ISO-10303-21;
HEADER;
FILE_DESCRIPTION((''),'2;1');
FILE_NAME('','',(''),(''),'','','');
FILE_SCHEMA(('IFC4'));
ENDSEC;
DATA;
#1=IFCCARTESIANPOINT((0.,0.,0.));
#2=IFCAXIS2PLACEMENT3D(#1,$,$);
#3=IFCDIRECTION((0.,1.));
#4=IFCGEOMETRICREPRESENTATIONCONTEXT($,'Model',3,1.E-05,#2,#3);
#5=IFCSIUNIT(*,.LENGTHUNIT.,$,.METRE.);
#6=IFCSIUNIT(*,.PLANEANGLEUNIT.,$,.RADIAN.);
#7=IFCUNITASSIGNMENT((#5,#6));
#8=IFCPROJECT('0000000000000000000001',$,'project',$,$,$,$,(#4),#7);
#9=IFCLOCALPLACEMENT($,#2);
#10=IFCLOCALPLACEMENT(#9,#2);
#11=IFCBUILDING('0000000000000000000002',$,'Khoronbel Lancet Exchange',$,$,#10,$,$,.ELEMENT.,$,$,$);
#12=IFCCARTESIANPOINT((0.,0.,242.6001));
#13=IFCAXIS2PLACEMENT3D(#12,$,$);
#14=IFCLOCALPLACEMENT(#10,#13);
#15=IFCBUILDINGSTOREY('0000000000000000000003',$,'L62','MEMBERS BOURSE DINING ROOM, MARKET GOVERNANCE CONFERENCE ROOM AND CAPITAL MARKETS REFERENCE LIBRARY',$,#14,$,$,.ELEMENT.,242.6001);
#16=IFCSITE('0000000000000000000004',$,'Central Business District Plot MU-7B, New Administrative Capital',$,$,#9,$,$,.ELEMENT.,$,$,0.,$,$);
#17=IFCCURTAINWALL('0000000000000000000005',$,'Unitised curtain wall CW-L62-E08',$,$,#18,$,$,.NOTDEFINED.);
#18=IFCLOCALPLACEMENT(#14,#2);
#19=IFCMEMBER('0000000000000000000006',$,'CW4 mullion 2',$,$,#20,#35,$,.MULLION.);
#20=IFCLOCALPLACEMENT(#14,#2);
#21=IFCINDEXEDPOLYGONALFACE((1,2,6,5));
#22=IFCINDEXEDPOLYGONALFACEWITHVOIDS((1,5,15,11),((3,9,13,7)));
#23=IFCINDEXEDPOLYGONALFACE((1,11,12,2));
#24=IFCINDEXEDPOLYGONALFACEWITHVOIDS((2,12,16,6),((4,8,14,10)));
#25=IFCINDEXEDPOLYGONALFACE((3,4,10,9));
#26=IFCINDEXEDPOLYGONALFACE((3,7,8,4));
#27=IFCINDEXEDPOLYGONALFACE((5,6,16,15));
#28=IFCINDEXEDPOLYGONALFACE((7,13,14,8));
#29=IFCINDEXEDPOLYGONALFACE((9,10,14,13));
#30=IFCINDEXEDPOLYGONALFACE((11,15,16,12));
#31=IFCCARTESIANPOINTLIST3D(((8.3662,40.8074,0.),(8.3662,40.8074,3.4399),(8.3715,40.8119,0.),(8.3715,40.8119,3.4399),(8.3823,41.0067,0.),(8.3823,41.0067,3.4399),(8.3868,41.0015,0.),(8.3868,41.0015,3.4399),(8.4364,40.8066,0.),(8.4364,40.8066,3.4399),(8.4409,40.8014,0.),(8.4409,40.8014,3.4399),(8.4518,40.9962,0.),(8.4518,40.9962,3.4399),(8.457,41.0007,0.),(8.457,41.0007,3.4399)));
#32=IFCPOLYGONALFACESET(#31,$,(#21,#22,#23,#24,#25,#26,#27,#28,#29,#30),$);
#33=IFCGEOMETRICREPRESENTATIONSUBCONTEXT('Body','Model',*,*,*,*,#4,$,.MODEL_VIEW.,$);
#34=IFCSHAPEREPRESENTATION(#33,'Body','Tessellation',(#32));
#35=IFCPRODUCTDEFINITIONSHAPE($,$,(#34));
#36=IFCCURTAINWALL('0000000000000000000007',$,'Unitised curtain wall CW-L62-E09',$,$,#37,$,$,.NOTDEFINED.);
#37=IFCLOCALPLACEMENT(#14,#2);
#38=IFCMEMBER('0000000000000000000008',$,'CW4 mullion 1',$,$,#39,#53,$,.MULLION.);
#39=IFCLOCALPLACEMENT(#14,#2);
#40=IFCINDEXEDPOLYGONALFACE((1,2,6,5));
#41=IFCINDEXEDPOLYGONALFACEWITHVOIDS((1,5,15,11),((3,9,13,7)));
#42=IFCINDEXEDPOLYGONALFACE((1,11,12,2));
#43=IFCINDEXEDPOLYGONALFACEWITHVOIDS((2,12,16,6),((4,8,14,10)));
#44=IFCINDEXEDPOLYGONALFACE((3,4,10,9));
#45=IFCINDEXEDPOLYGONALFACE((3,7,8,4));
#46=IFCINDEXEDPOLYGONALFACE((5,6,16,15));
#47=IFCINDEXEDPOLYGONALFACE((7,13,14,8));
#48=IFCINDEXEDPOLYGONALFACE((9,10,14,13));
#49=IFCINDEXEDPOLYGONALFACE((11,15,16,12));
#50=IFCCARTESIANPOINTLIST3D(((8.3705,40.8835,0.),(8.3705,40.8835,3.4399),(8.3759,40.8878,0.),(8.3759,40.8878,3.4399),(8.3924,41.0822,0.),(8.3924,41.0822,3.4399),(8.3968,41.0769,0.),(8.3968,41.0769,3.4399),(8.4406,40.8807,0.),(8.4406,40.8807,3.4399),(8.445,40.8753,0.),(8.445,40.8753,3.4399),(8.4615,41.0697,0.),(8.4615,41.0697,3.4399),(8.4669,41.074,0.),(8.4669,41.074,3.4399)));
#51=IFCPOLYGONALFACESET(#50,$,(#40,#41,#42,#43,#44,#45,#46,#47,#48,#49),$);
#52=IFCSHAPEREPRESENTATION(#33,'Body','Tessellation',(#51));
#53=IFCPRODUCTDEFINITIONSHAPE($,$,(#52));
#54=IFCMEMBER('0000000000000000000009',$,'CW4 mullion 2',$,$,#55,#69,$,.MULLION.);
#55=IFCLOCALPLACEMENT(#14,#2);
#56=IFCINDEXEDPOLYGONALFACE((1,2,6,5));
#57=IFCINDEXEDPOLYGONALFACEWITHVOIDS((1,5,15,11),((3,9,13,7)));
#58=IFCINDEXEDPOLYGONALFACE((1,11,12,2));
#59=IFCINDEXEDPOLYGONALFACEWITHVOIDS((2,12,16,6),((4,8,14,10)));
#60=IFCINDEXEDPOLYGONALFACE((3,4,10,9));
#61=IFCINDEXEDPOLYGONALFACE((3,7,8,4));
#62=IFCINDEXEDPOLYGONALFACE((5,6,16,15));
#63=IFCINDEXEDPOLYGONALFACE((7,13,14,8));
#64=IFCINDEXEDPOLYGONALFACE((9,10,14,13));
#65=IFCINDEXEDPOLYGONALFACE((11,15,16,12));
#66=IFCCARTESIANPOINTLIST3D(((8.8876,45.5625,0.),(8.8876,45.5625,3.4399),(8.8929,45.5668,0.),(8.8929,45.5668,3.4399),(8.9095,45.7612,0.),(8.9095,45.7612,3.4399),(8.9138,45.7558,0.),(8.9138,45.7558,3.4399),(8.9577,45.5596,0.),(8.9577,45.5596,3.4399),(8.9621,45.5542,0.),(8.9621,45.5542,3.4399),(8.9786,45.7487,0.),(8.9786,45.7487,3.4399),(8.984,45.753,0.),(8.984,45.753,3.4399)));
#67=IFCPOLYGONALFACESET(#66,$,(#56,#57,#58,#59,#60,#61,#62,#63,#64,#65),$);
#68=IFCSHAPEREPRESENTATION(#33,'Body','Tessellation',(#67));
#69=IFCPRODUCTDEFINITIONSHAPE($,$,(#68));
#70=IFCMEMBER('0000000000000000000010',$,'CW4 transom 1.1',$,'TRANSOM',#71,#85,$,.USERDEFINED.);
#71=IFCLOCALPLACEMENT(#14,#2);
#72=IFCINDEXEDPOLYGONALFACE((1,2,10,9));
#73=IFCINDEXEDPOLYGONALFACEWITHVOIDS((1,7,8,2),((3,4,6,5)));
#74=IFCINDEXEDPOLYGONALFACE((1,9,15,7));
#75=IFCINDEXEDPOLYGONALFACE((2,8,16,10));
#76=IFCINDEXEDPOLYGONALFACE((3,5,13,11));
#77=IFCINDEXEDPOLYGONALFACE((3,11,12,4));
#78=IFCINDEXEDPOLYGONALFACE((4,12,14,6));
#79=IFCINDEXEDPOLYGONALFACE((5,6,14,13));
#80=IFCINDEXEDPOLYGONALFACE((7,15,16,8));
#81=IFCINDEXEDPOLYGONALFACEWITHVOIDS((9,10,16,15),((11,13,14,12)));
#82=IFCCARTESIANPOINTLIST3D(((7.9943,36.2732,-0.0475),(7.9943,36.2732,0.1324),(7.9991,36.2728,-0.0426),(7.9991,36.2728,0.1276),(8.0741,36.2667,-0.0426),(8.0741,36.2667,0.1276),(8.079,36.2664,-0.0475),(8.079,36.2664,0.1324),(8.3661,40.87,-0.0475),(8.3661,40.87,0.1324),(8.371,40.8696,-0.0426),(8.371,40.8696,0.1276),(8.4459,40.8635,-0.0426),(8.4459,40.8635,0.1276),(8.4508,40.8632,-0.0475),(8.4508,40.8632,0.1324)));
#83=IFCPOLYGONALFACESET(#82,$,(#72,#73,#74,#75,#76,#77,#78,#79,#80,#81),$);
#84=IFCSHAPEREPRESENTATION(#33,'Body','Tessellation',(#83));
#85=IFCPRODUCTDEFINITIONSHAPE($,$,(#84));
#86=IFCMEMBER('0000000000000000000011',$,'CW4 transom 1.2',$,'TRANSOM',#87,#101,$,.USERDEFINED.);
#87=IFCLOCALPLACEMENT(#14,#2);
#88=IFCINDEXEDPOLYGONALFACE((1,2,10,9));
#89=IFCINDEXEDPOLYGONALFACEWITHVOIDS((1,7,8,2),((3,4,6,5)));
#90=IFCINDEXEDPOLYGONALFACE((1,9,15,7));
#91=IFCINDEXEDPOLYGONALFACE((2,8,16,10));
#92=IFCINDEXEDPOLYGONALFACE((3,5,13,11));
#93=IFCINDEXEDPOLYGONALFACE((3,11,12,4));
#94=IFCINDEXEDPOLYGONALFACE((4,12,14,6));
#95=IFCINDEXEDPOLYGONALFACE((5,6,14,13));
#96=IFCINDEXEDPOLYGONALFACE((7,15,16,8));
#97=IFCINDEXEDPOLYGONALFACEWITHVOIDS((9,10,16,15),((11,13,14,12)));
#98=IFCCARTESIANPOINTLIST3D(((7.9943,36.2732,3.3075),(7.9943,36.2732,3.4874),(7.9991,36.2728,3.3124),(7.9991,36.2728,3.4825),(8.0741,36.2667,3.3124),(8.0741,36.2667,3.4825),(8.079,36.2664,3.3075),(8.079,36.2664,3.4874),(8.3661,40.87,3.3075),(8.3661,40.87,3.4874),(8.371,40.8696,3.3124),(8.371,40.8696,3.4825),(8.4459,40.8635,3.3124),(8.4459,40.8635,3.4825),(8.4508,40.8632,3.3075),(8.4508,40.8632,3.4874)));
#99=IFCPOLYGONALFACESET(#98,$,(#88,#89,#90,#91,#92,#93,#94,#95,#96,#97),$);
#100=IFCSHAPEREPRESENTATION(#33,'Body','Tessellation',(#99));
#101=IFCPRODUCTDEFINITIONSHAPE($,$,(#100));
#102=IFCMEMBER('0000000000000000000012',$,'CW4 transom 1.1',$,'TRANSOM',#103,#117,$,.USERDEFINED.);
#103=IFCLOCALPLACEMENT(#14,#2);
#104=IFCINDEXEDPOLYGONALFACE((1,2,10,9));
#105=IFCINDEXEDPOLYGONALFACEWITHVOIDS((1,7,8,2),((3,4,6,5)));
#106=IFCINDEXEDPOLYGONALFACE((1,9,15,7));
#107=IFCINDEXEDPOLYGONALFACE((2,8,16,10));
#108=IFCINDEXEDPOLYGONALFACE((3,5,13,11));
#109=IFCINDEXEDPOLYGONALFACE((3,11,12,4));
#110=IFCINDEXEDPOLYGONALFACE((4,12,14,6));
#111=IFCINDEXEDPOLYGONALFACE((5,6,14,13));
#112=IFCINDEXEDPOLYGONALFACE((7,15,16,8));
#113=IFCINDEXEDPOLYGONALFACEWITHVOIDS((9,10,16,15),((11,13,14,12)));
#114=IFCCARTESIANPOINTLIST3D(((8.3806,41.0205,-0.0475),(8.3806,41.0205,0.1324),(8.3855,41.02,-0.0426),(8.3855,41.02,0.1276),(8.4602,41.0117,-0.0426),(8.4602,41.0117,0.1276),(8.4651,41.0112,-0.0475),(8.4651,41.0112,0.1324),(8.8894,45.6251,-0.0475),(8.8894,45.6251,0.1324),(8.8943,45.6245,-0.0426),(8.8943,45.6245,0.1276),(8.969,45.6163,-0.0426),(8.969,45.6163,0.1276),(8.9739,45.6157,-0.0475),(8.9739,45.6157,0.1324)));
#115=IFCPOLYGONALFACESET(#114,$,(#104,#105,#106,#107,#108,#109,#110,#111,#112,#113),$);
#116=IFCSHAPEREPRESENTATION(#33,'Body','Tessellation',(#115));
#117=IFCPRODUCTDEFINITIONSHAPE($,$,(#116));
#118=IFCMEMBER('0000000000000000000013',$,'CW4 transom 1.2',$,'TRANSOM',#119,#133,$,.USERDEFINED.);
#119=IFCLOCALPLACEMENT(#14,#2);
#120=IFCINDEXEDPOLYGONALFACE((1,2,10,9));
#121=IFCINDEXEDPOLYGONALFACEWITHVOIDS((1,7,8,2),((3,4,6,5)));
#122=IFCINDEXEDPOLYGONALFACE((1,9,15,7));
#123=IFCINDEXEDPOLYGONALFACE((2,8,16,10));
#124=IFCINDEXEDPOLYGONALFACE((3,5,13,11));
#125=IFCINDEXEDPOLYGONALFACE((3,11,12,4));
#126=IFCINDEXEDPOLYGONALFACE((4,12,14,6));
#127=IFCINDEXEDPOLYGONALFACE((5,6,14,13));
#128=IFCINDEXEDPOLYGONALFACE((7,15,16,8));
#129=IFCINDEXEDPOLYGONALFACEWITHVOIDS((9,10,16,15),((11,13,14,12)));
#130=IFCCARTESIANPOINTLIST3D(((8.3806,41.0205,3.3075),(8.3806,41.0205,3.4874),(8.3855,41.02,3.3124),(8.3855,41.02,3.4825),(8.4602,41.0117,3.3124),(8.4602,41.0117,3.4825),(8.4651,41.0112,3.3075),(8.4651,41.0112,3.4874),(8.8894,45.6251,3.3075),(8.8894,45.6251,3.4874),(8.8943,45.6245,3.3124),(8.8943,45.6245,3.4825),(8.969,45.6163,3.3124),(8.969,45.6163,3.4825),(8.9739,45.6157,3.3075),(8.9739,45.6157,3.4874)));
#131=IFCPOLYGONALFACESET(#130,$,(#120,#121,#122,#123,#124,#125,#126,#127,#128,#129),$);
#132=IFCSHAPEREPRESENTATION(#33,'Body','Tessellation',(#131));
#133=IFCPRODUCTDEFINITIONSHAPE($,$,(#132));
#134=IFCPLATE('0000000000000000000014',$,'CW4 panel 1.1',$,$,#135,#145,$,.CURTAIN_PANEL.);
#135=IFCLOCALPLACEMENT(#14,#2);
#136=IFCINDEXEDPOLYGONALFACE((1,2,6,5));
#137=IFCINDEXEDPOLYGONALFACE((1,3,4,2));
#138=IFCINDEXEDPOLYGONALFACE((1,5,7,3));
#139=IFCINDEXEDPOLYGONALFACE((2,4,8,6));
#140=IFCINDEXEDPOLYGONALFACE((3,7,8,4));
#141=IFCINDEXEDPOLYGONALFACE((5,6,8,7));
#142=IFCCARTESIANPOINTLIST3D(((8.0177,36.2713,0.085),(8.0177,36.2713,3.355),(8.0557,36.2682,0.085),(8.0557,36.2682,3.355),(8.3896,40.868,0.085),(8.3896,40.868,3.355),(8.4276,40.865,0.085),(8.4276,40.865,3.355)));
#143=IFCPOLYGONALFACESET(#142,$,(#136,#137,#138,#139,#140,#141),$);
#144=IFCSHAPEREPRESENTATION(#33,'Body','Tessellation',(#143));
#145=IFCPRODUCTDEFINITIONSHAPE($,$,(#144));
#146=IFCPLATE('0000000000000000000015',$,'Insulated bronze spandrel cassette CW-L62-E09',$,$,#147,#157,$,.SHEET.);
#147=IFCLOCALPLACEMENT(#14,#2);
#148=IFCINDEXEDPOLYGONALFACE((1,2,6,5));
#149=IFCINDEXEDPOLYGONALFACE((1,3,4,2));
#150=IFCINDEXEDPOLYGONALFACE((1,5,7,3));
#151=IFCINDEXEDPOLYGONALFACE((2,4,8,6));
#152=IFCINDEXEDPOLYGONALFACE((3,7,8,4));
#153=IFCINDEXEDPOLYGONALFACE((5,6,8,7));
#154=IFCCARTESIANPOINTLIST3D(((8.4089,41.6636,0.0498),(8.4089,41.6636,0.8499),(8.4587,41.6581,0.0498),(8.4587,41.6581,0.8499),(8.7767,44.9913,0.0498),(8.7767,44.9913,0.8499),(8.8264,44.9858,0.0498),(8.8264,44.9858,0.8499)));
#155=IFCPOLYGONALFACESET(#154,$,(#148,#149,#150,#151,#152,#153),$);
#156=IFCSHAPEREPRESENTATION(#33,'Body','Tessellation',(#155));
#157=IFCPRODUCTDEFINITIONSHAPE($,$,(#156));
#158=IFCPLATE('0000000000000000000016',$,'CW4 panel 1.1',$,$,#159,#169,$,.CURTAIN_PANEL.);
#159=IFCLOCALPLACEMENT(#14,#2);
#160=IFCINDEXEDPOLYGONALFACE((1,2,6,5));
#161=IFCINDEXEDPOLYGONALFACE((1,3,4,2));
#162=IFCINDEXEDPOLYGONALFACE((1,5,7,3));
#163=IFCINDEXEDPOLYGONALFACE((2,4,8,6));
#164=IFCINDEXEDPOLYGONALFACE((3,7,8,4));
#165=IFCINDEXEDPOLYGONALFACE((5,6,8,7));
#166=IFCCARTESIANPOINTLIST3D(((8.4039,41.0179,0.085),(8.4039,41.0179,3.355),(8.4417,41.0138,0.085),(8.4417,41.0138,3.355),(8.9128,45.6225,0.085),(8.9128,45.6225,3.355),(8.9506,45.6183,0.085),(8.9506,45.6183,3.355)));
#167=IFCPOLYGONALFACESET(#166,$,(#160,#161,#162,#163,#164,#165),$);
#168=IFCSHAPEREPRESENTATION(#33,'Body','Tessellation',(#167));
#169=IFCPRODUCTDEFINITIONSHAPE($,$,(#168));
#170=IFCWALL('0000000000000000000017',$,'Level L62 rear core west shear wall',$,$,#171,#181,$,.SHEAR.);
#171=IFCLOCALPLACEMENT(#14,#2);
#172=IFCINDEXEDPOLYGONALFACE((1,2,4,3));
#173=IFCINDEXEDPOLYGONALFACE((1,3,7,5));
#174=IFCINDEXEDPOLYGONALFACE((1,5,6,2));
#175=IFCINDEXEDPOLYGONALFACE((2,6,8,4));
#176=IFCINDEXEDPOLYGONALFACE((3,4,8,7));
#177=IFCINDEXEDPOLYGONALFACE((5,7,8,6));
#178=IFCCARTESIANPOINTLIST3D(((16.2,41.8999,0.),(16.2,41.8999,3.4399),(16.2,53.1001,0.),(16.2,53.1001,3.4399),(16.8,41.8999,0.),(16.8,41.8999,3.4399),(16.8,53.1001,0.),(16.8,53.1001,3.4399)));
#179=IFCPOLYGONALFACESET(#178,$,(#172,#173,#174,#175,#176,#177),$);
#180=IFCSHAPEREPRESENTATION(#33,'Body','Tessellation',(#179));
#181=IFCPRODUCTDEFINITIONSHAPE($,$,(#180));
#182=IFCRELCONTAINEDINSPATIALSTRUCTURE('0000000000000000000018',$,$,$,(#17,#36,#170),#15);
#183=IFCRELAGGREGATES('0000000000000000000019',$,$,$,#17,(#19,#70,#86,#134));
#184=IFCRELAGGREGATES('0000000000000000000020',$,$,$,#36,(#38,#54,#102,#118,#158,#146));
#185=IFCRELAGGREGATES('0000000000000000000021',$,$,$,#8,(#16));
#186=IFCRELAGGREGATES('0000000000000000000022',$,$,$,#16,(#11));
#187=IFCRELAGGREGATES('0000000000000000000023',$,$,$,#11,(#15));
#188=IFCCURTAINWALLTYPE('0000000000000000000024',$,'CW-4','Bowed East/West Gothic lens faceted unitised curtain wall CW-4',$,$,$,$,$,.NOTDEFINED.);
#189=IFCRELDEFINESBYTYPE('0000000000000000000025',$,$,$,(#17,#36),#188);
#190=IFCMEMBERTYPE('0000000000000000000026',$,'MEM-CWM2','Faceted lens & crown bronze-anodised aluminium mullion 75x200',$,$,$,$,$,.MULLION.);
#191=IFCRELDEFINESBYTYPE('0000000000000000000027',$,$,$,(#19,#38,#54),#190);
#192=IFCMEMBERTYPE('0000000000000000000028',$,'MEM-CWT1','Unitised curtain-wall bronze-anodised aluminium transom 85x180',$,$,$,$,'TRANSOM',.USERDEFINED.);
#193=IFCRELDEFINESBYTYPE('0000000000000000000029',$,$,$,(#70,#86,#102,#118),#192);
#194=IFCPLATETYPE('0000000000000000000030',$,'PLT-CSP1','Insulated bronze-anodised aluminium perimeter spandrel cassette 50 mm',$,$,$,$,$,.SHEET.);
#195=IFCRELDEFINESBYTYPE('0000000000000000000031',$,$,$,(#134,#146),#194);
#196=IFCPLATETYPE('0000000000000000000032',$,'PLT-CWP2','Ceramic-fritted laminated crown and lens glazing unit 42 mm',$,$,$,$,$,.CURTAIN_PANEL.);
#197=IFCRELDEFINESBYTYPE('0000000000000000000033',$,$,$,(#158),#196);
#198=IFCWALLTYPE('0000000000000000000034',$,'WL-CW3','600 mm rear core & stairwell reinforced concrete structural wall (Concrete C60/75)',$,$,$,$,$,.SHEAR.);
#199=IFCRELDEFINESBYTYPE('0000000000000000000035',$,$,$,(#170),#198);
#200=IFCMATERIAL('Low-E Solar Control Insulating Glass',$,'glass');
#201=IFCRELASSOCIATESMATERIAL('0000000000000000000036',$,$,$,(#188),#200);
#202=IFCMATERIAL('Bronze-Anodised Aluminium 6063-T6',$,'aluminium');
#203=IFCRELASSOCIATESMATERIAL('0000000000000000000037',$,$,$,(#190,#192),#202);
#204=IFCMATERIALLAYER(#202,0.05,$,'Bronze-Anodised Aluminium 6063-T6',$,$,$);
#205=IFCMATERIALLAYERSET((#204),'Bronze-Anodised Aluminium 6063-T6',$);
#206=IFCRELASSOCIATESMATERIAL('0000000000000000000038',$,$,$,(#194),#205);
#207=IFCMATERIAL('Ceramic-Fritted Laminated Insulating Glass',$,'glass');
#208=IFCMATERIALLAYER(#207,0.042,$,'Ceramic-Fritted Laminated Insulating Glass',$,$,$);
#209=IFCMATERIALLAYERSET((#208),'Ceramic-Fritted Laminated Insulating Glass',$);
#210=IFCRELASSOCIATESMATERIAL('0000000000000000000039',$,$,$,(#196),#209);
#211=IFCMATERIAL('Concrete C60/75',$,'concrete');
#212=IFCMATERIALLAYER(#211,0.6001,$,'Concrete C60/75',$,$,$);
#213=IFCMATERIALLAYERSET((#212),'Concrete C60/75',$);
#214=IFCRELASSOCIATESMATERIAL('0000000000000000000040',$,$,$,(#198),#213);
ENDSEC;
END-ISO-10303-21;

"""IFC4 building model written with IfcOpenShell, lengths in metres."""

from ifc_helpers import new_model, si_unit, direction, frame, frame_2d, origin, origin_2d, place, context, subcontext, project, spatial, rectangle, hollow_rectangle, extrude, material, layer, layer_set, material_profile, profile_set, type_object, element, aggregate, save


model = new_model("IFC4")

# Units and contexts
model_context = context("Model", 3, precision=1e-05, world=origin(), true_north=direction((0.0, 1.0)))
body_context = subcontext(model_context, "Body", "Model", "MODEL_VIEW")
ifc_project = project(units=[si_unit("LENGTHUNIT", "METRE"), si_unit("PLANEANGLEUNIT", "RADIAN")], contexts=[model_context])

# Site, building, storey
site_placement = place(None, origin())
site = spatial("IfcSite", under=ifc_project, at=site_placement, Name="Central Business District Plot MU-7B, New Administrative Capital", CompositionType="ELEMENT", RefElevation=0.0)
building_placement = place(site_placement, origin())
building = spatial("IfcBuilding", under=site, at=building_placement, Name="Khoronbel Lancet Exchange", CompositionType="ELEMENT")
storey_placement = place(building_placement, frame((0.0, 0.0, 242.6001)))
storey = spatial("IfcBuildingStorey", under=building, at=storey_placement, Name="L62", Description="MEMBERS BOURSE DINING ROOM, MARKET GOVERNANCE CONFERENCE ROOM AND CAPITAL MARKETS REFERENCE LIBRARY", CompositionType="ELEMENT", Elevation=242.6001)

# Shared definitions
ifc_material_1 = material(Name="Low-E Solar Control Insulating Glass", Category="glass")
curtain_wall_type = type_object("IfcCurtainWallType", Name="CW-4", Description="Bowed East/West Gothic lens faceted unitised curtain wall CW-4", PredefinedType="NOTDEFINED", material=ifc_material_1)
ifc_material_2 = material(Name="Bronze-Anodised Aluminium 6063-T6", Category="aluminium")
ifc_material_profile_1 = material_profile(ifc_material_2, hollow_rectangle(XDim=0.075, YDim=0.2, WallThickness=0.0049, at=origin_2d()), Name="ALU MULLION 75x200")
ifc_profile_set_1 = profile_set([ifc_material_profile_1], Name="Bronze-Anodised Aluminium 6063-T6")
member_type_1 = type_object("IfcMemberType", Name="MEM-CWM2", Description="Faceted lens & crown bronze-anodised aluminium mullion 75x200", PredefinedType="MULLION", material=ifc_profile_set_1)

# Curtain walls, members
curtain_wall_1_placement = place(storey_placement, origin())
curtain_wall_1 = element("IfcCurtainWall", 1, at=curtain_wall_1_placement, inside=storey, type_object=curtain_wall_type, Name="Unitised curtain wall CW-L62-E08", PredefinedType="NOTDEFINED")
member_1_placement = place(storey_placement, frame((8.4116, 40.9041, 0.0), z_axis=(0.0, 0.0, 1.0), x_axis=(-0.996743, 0.08064, 0.0)))
member_1 = element("IfcMember", 2, at=member_1_placement, type_object=member_type_1, Name="CW4 mullion 2", PredefinedType="MULLION", context=body_context, shape_type="SweptSolid", body=[
    extrude(hollow_rectangle(XDim=0.075, YDim=0.2, WallThickness=0.0049, at=origin_2d()), origin(), (0.0, 0.0, 1.0), 3.4399),
])
curtain_wall_2_placement = place(storey_placement, origin())
curtain_wall_2 = element("IfcCurtainWall", 3, at=curtain_wall_2_placement, inside=storey, type_object=curtain_wall_type, Name="Unitised curtain wall CW-L62-E09", PredefinedType="NOTDEFINED")
member_2_placement = place(storey_placement, frame((8.4187, 40.9788, 0.0), z_axis=(0.0, 0.0, 1.0), x_axis=(-0.993947, 0.109858, 0.0)))
member_2 = element("IfcMember", 4, at=member_2_placement, type_object=member_type_1, Name="CW4 mullion 1", PredefinedType="MULLION", context=body_context, shape_type="SweptSolid", body=[
    extrude(hollow_rectangle(XDim=0.075, YDim=0.2, WallThickness=0.0049, at=origin_2d()), origin(), (0.0, 0.0, 1.0), 3.4399),
])
member_3_placement = place(storey_placement, frame((8.9358, 45.6577, 0.0), z_axis=(0.0, 0.0, 1.0), x_axis=(-0.993947, 0.109858, 0.0)))
member_3 = element("IfcMember", 5, at=member_3_placement, type_object=member_type_1, Name="CW4 mullion 2", PredefinedType="MULLION", context=body_context, shape_type="SweptSolid", body=[
    extrude(hollow_rectangle(XDim=0.075, YDim=0.2, WallThickness=0.0049, at=origin_2d()), origin(), (0.0, 0.0, 1.0), 3.4399),
])

# Members
ifc_material_profile_2 = material_profile(ifc_material_2, hollow_rectangle(XDim=0.085, YDim=0.1799, WallThickness=0.0049, at=origin_2d()), Name="ALU TRANSOM 85x180")
ifc_profile_set_2 = profile_set([ifc_material_profile_2], Name="Bronze-Anodised Aluminium 6063-T6")
member_type_2 = type_object("IfcMemberType", Name="MEM-CWT1", Description="Unitised curtain-wall bronze-anodised aluminium transom 85x180", ElementType="TRANSOM", PredefinedType="USERDEFINED", material=ifc_profile_set_2)
member_4_placement = place(storey_placement, frame((8.0366, 36.2698, 0.0425), z_axis=(0.080623, 0.996745, 0.0), x_axis=(-0.996745, 0.080623, 0.0)))
member_4 = element("IfcMember", 6, at=member_4_placement, type_object=member_type_2, Name="CW4 transom 1.1", ObjectType="TRANSOM", PredefinedType="USERDEFINED", context=body_context, shape_type="SweptSolid", body=[
    extrude(hollow_rectangle(XDim=0.085, YDim=0.1799, WallThickness=0.0049, at=origin_2d()), origin(), (0.0, 0.0, 1.0), 4.6118),
])
member_5_placement = place(storey_placement, frame((8.0366, 36.2698, 3.3975), z_axis=(0.080623, 0.996745, 0.0), x_axis=(-0.996745, 0.080623, 0.0)))
member_5 = element("IfcMember", 7, at=member_5_placement, type_object=member_type_2, Name="CW4 transom 1.2", ObjectType="TRANSOM", PredefinedType="USERDEFINED", context=body_context, shape_type="SweptSolid", body=[
    extrude(hollow_rectangle(XDim=0.085, YDim=0.1799, WallThickness=0.0049, at=origin_2d()), origin(), (0.0, 0.0, 1.0), 4.6118),
])
member_6_placement = place(storey_placement, frame((8.4229, 41.0159, 0.0425), z_axis=(0.10983, 0.99395, 0.0), x_axis=(-0.99395, 0.10983, 0.0)))
member_6 = element("IfcMember", 8, at=member_6_placement, type_object=member_type_2, Name="CW4 transom 1.1", ObjectType="TRANSOM", PredefinedType="USERDEFINED", context=body_context, shape_type="SweptSolid", body=[
    extrude(hollow_rectangle(XDim=0.085, YDim=0.1799, WallThickness=0.0049, at=origin_2d()), origin(), (0.0, 0.0, 1.0), 4.6326),
])
member_7_placement = place(storey_placement, frame((8.4229, 41.0159, 3.3975), z_axis=(0.10983, 0.99395, 0.0), x_axis=(-0.99395, 0.10983, 0.0)))
member_7 = element("IfcMember", 9, at=member_7_placement, type_object=member_type_2, Name="CW4 transom 1.2", ObjectType="TRANSOM", PredefinedType="USERDEFINED", context=body_context, shape_type="SweptSolid", body=[
    extrude(hollow_rectangle(XDim=0.085, YDim=0.1799, WallThickness=0.0049, at=origin_2d()), origin(), (0.0, 0.0, 1.0), 4.6326),
])

# Plates
ifc_layer_1 = layer(ifc_material_2, 0.05, Name="Bronze-Anodised Aluminium 6063-T6")
ifc_layer_set_1 = layer_set([ifc_layer_1], Name="Bronze-Anodised Aluminium 6063-T6")
plate_type_1 = type_object("IfcPlateType", Name="PLT-CSP1", Description="Insulated bronze-anodised aluminium perimeter spandrel cassette 50 mm", PredefinedType="SHEET", material=ifc_layer_set_1)
plate_1_placement = place(storey_placement, frame((8.2227, 38.5681, 0.085), z_axis=(0.0, 0.0, 1.0), x_axis=(0.08064, 0.996743, 0.0)))
plate_1 = element("IfcPlate", 10, at=plate_1_placement, type_object=plate_type_1, Name="CW4 panel 1.1", PredefinedType="CURTAIN_PANEL", context=body_context, shape_type="SweptSolid", body=[
    extrude(rectangle(XDim=4.6118, YDim=0.0381, at=origin_2d()), origin(), (0.0, 0.0, 1.0), 3.27),
])
aggregate(curtain_wall_1, [member_1, member_4, member_5, plate_1])
plate_2_placement = place(storey_placement, frame((8.6177, 43.3247, 0.0498), z_axis=(0.0, 0.0, 1.0), x_axis=(0.109858, 0.993947, 0.0)))
plate_2 = element("IfcPlate", 11, at=plate_2_placement, type_object=plate_type_1, Name="Insulated bronze spandrel cassette CW-L62-E09", PredefinedType="SHEET", context=body_context, shape_type="SweptSolid", body=[
    extrude(rectangle(XDim=3.3479, YDim=0.05, at=origin_2d()), origin(), (0.0, 0.0, 1.0), 0.8),
])
ifc_material_3 = material(Name="Ceramic-Fritted Laminated Insulating Glass", Category="glass")
ifc_layer_2 = layer(ifc_material_3, 0.042, Name="Ceramic-Fritted Laminated Insulating Glass")
ifc_layer_set_2 = layer_set([ifc_layer_2], Name="Ceramic-Fritted Laminated Insulating Glass")
plate_type_2 = type_object("IfcPlateType", Name="PLT-CWP2", Description="Ceramic-fritted laminated crown and lens glazing unit 42 mm", PredefinedType="CURTAIN_PANEL", material=ifc_layer_set_2)
plate_3_placement = place(storey_placement, frame((8.6772, 43.3181, 0.085), z_axis=(0.0, 0.0, 1.0), x_axis=(0.109858, 0.993947, 0.0)))
plate_3 = element("IfcPlate", 12, at=plate_3_placement, type_object=plate_type_2, Name="CW4 panel 1.1", PredefinedType="CURTAIN_PANEL", context=body_context, shape_type="SweptSolid", body=[
    extrude(rectangle(XDim=4.6326, YDim=0.0381, at=origin_2d()), origin(), (0.0, 0.0, 1.0), 3.27),
])
aggregate(curtain_wall_2, [member_2, member_3, member_6, member_7, plate_3, plate_2])

# Wall
ifc_material_4 = material(Name="Concrete C60/75", Category="concrete")
ifc_layer_3 = layer(ifc_material_4, 0.6001, Name="Concrete C60/75")
ifc_layer_set_3 = layer_set([ifc_layer_3], Name="Concrete C60/75")
wall_type_1 = type_object("IfcWallType", Name="WL-CW3", Description="600 mm rear core & stairwell reinforced concrete structural wall (Concrete C60/75)", PredefinedType="SHEAR", material=ifc_layer_set_3)
wall_1_placement = place(storey_placement, frame((16.5, 41.8999, 0.0), z_axis=(0.0, 0.0, 1.0), x_axis=(0.0, 1.0, 0.0)))
element("IfcWall", 13, at=wall_1_placement, inside=storey, type_object=wall_type_1, Name="Level L62 rear core west shear wall", PredefinedType="SHEAR", context=body_context, shape_type="SweptSolid", body=[
    extrude(rectangle(XDim=11.2002, YDim=0.6001, at=frame_2d((5.6001, 0.0))), origin(), (0.0, 0.0, 1.0), 3.4399),
])

save(model, "model.ifc")
